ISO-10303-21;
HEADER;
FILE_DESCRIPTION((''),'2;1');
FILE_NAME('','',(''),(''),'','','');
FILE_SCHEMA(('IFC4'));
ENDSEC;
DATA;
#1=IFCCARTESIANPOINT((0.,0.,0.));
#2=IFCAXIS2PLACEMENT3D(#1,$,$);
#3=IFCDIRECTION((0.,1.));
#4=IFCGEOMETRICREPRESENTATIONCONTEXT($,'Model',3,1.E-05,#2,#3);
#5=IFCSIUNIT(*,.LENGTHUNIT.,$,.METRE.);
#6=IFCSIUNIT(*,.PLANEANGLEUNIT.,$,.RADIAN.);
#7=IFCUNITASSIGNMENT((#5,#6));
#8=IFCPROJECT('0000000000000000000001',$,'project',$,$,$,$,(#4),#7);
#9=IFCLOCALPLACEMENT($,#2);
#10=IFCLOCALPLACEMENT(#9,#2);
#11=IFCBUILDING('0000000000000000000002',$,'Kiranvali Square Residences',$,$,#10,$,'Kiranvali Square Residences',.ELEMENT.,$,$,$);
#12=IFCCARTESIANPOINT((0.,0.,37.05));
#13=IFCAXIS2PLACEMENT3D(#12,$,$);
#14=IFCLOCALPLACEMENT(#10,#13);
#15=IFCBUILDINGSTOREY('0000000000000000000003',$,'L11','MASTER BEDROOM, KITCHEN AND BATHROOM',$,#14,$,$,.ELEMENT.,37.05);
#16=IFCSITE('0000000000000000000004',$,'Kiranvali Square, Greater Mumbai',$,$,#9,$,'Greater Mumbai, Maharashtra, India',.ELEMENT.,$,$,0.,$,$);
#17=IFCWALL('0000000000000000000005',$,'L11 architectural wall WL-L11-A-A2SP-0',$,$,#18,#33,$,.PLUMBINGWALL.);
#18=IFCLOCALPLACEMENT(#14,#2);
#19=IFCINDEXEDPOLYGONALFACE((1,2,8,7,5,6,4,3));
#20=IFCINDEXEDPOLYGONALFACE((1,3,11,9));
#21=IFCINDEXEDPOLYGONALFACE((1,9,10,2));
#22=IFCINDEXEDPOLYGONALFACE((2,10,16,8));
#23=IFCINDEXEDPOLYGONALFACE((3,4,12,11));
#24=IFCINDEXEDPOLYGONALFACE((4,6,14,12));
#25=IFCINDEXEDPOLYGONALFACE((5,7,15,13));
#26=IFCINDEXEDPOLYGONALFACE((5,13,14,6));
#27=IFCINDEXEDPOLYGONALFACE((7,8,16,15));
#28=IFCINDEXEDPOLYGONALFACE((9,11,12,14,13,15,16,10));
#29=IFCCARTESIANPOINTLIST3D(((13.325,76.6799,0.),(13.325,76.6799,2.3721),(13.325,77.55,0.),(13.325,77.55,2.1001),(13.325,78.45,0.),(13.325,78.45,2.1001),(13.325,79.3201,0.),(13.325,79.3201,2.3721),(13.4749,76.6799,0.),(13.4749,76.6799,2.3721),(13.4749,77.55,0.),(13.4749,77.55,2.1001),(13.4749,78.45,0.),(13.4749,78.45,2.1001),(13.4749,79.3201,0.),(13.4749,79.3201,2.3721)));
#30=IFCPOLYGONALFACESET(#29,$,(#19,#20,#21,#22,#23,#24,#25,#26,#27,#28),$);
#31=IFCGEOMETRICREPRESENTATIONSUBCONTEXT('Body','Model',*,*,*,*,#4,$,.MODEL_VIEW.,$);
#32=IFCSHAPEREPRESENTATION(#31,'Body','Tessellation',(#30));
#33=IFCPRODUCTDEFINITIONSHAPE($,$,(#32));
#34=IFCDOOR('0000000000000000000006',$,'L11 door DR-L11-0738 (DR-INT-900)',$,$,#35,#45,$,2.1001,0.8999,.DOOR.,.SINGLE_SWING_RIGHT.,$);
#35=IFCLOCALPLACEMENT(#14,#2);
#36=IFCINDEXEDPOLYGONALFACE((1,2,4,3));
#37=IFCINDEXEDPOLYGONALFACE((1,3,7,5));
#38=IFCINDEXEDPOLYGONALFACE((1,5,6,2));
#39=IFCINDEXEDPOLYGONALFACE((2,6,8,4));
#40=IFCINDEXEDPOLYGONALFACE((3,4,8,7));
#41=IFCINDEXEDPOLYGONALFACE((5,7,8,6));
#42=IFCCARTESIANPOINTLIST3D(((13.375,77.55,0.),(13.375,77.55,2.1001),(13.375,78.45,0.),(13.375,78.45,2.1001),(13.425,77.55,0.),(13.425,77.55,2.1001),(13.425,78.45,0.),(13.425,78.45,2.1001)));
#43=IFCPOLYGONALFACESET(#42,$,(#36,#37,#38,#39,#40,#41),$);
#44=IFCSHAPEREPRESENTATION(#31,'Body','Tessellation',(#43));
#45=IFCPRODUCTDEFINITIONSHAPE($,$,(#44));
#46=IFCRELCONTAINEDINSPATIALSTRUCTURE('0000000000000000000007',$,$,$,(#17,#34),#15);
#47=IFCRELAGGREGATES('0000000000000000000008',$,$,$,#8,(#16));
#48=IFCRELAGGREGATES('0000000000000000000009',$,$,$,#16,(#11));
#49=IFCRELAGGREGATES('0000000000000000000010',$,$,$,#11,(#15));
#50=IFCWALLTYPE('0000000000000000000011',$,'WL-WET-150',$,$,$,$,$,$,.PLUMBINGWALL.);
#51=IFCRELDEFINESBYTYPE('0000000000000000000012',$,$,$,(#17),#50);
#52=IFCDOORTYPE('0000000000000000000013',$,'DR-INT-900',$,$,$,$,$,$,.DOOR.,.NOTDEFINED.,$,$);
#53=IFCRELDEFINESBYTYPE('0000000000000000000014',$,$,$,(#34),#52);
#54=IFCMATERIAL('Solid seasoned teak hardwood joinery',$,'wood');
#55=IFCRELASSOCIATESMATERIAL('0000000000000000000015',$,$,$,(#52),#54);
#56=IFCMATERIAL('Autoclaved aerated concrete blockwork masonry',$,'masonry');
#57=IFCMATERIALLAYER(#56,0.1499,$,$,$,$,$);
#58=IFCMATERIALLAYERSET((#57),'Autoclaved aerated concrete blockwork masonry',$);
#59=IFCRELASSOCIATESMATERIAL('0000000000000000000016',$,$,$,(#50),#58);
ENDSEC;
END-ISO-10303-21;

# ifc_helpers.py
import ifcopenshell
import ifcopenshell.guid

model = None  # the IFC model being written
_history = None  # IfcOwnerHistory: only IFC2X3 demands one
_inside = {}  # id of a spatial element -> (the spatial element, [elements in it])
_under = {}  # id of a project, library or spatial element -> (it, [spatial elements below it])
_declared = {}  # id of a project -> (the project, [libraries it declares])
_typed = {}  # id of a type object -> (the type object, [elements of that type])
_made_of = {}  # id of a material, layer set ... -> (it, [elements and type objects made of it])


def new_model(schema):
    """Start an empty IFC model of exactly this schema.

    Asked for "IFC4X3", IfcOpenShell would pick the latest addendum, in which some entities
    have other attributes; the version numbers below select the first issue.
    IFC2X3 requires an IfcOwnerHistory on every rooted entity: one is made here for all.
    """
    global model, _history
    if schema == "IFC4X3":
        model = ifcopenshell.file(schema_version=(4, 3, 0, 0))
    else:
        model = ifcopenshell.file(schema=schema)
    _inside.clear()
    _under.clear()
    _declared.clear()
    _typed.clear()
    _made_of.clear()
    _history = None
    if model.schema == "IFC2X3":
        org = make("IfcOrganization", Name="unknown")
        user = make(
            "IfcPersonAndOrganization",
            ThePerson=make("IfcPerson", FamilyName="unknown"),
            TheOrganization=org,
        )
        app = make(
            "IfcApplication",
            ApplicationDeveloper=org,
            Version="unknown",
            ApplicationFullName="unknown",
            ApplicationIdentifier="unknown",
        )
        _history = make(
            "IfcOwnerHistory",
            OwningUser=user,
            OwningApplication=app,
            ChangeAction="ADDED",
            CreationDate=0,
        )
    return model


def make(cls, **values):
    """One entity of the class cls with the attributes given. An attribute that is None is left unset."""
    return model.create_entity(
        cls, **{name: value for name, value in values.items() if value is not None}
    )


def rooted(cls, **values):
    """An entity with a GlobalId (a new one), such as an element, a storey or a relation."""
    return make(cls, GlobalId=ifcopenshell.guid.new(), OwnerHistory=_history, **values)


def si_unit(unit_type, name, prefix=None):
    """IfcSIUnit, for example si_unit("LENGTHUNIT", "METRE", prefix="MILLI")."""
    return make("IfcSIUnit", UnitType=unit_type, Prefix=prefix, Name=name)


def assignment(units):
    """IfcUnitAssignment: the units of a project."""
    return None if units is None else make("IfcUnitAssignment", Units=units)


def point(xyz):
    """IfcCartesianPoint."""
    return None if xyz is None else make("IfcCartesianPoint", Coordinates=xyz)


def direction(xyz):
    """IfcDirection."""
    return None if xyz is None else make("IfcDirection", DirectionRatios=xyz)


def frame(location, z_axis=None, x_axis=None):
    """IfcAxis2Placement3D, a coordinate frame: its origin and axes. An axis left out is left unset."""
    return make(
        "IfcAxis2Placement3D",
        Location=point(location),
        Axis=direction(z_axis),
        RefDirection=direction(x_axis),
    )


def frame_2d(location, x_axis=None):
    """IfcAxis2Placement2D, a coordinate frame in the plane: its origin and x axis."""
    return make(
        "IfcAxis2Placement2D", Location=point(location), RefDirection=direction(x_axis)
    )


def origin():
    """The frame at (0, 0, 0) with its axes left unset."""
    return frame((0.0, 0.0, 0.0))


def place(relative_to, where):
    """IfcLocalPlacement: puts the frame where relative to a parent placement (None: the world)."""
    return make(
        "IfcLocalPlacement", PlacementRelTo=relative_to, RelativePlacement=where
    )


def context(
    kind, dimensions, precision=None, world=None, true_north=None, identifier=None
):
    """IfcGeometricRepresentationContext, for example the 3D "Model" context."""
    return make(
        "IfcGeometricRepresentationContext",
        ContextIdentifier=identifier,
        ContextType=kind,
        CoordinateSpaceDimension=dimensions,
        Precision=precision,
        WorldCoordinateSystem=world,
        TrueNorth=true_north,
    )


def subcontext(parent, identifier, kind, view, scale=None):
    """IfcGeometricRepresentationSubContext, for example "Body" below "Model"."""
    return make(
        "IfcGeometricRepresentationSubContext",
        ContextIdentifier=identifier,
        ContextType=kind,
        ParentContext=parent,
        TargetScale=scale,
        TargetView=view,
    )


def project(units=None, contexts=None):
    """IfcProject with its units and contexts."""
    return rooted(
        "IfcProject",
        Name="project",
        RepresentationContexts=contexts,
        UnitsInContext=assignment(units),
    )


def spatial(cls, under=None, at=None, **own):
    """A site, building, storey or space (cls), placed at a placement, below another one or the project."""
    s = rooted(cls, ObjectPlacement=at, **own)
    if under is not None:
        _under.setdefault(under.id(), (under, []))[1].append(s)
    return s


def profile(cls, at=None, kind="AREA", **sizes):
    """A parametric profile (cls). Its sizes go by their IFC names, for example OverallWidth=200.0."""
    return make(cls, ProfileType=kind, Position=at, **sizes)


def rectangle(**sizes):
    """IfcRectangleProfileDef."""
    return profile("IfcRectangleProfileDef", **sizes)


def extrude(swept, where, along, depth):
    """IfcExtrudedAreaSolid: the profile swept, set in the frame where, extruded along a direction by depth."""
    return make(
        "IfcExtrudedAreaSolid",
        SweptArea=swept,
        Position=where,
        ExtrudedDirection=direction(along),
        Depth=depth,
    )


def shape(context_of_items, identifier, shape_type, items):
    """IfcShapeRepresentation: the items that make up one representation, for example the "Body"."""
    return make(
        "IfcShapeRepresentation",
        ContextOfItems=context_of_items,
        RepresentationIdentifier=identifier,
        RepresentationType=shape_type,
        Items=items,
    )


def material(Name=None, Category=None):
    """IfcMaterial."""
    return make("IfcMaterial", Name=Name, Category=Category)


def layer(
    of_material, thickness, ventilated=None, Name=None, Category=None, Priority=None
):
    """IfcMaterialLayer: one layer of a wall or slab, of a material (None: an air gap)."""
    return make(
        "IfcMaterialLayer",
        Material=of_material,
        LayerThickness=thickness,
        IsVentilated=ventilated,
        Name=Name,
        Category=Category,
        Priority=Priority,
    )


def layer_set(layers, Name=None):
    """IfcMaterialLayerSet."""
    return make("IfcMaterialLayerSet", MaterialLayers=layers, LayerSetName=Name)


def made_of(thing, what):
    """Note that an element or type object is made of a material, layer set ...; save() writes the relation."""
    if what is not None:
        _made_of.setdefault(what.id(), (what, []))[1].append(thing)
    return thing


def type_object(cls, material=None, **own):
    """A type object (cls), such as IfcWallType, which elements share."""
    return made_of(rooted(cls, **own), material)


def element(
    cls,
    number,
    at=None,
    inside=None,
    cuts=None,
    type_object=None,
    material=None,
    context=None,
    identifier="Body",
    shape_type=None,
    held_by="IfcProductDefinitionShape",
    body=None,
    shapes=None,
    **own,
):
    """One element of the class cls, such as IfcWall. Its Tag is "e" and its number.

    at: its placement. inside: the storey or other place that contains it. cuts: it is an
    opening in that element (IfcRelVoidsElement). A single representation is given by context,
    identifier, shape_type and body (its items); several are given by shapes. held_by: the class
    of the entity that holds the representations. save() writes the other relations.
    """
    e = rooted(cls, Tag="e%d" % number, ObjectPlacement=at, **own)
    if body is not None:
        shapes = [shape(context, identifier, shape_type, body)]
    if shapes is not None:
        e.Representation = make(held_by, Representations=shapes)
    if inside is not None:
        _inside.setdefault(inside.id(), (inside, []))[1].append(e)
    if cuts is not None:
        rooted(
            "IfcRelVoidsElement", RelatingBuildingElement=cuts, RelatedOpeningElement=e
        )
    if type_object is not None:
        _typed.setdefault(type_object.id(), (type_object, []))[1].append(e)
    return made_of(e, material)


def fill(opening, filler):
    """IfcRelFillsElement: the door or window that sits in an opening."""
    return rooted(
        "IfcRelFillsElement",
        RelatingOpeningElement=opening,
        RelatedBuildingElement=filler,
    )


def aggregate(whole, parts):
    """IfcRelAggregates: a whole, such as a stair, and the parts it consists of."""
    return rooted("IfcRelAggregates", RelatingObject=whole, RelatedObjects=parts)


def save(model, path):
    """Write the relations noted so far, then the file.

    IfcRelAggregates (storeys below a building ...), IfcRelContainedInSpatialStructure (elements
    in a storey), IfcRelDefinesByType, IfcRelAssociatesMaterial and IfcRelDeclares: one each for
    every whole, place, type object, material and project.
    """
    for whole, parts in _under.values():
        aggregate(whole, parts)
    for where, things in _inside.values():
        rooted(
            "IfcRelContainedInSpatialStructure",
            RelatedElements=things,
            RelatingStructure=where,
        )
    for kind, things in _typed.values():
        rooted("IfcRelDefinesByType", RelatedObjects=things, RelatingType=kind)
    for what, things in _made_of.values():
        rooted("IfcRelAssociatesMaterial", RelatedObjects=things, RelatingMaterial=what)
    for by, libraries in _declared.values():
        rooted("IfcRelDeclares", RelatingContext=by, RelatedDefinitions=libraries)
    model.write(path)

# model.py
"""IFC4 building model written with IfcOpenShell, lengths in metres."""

from ifc_helpers import new_model, si_unit, direction, frame, frame_2d, origin, place, context, subcontext, project, spatial, rectangle, extrude, material, layer, layer_set, type_object, element, fill, save


model = new_model("IFC4")

# Units and contexts
model_context = context("Model", 3, precision=1e-05, world=origin(), true_north=direction((0.0, 1.0)))
body_context = subcontext(model_context, "Body", "Model", "MODEL_VIEW")
ifc_project = project(units=[si_unit("LENGTHUNIT", "METRE"), si_unit("PLANEANGLEUNIT", "RADIAN")], contexts=[model_context])

# Site, building, storey
site_placement = place(None, origin())
site = spatial("IfcSite", under=ifc_project, at=site_placement, Name="Kiranvali Square, Greater Mumbai", LongName="Greater Mumbai, Maharashtra, India", CompositionType="ELEMENT", RefElevation=0.0)
building_placement = place(site_placement, origin())
building = spatial("IfcBuilding", under=site, at=building_placement, Name="Kiranvali Square Residences", LongName="Kiranvali Square Residences", CompositionType="ELEMENT")
storey_placement = place(building_placement, frame((0.0, 0.0, 37.05)))
storey = spatial("IfcBuildingStorey", under=building, at=storey_placement, Name="L11", Description="MASTER BEDROOM, KITCHEN AND BATHROOM", CompositionType="ELEMENT", Elevation=37.05)

# Shared definitions
ifc_material_1 = material(Name="Autoclaved aerated concrete blockwork masonry", Category="masonry")

# Wall, opening, door
ifc_material_2 = material(Name="Solid seasoned teak hardwood joinery", Category="wood")
door_type = type_object("IfcDoorType", Name="DR-INT-900", OperationType="NOTDEFINED", PredefinedType="DOOR", material=ifc_material_2)
ifc_layer_1 = layer(ifc_material_1, 0.1499)
ifc_layer_set_1 = layer_set([ifc_layer_1], Name="Autoclaved aerated concrete blockwork masonry")
wall_type_1 = type_object("IfcWallType", Name="WL-WET-150", PredefinedType="PLUMBINGWALL", material=ifc_layer_set_1)
wall_1_placement = place(storey_placement, frame((13.3999, 79.3201, 0.0), z_axis=(0.0, 0.0, 1.0), x_axis=(0.0, -1.0, 0.0)))
wall_1 = element("IfcWall", 1, at=wall_1_placement, inside=storey, type_object=wall_type_1, Name="L11 architectural wall WL-L11-A-A2SP-0", PredefinedType="PLUMBINGWALL", context=body_context, shape_type="SweptSolid", body=[
    extrude(rectangle(XDim=2.6401, YDim=0.1499, at=frame_2d((1.3201, 0.0))), origin(), (0.0, 0.0, 1.0), 2.3721),
])
opening_1_placement = place(wall_1_placement, frame((0.8701, 0.0, 0.0)))
opening_1 = element("IfcOpeningElement", 2, at=opening_1_placement, cuts=wall_1, PredefinedType="OPENING", context=body_context, shape_type="SweptSolid", body=[
    extrude(rectangle(XDim=0.8999, YDim=2.1001, at=frame_2d((0.45, 1.05))), frame((0.0, 0.085, 0.0), z_axis=(0.0, -1.0, 0.0), x_axis=(1.0, 0.0, 0.0)), (0.0, 0.0, 1.0), 0.1699),
])
door_1_placement = place(opening_1_placement, frame((0.8999, 0.0, 0.0), z_axis=(0.0, 0.0, 1.0), x_axis=(-1.0, 0.0, 0.0)))
door_1 = element("IfcDoor", 3, at=door_1_placement, inside=storey, type_object=door_type, Name="L11 door DR-L11-0738 (DR-INT-900)", OperationType="SINGLE_SWING_RIGHT", OverallHeight=2.1001, OverallWidth=0.8999, PredefinedType="DOOR", context=body_context, shape_type="SweptSolid", body=[
    extrude(rectangle(XDim=0.8999, YDim=2.1001, at=frame_2d((0.45, 1.05))), frame((0.0, 0.0249, 0.0), z_axis=(0.0, -1.0, 0.0), x_axis=(1.0, 0.0, 0.0)), (0.0, 0.0, 1.0), 0.05),
])
fill(opening_1, door_1)

save(model, "model.ifc")
